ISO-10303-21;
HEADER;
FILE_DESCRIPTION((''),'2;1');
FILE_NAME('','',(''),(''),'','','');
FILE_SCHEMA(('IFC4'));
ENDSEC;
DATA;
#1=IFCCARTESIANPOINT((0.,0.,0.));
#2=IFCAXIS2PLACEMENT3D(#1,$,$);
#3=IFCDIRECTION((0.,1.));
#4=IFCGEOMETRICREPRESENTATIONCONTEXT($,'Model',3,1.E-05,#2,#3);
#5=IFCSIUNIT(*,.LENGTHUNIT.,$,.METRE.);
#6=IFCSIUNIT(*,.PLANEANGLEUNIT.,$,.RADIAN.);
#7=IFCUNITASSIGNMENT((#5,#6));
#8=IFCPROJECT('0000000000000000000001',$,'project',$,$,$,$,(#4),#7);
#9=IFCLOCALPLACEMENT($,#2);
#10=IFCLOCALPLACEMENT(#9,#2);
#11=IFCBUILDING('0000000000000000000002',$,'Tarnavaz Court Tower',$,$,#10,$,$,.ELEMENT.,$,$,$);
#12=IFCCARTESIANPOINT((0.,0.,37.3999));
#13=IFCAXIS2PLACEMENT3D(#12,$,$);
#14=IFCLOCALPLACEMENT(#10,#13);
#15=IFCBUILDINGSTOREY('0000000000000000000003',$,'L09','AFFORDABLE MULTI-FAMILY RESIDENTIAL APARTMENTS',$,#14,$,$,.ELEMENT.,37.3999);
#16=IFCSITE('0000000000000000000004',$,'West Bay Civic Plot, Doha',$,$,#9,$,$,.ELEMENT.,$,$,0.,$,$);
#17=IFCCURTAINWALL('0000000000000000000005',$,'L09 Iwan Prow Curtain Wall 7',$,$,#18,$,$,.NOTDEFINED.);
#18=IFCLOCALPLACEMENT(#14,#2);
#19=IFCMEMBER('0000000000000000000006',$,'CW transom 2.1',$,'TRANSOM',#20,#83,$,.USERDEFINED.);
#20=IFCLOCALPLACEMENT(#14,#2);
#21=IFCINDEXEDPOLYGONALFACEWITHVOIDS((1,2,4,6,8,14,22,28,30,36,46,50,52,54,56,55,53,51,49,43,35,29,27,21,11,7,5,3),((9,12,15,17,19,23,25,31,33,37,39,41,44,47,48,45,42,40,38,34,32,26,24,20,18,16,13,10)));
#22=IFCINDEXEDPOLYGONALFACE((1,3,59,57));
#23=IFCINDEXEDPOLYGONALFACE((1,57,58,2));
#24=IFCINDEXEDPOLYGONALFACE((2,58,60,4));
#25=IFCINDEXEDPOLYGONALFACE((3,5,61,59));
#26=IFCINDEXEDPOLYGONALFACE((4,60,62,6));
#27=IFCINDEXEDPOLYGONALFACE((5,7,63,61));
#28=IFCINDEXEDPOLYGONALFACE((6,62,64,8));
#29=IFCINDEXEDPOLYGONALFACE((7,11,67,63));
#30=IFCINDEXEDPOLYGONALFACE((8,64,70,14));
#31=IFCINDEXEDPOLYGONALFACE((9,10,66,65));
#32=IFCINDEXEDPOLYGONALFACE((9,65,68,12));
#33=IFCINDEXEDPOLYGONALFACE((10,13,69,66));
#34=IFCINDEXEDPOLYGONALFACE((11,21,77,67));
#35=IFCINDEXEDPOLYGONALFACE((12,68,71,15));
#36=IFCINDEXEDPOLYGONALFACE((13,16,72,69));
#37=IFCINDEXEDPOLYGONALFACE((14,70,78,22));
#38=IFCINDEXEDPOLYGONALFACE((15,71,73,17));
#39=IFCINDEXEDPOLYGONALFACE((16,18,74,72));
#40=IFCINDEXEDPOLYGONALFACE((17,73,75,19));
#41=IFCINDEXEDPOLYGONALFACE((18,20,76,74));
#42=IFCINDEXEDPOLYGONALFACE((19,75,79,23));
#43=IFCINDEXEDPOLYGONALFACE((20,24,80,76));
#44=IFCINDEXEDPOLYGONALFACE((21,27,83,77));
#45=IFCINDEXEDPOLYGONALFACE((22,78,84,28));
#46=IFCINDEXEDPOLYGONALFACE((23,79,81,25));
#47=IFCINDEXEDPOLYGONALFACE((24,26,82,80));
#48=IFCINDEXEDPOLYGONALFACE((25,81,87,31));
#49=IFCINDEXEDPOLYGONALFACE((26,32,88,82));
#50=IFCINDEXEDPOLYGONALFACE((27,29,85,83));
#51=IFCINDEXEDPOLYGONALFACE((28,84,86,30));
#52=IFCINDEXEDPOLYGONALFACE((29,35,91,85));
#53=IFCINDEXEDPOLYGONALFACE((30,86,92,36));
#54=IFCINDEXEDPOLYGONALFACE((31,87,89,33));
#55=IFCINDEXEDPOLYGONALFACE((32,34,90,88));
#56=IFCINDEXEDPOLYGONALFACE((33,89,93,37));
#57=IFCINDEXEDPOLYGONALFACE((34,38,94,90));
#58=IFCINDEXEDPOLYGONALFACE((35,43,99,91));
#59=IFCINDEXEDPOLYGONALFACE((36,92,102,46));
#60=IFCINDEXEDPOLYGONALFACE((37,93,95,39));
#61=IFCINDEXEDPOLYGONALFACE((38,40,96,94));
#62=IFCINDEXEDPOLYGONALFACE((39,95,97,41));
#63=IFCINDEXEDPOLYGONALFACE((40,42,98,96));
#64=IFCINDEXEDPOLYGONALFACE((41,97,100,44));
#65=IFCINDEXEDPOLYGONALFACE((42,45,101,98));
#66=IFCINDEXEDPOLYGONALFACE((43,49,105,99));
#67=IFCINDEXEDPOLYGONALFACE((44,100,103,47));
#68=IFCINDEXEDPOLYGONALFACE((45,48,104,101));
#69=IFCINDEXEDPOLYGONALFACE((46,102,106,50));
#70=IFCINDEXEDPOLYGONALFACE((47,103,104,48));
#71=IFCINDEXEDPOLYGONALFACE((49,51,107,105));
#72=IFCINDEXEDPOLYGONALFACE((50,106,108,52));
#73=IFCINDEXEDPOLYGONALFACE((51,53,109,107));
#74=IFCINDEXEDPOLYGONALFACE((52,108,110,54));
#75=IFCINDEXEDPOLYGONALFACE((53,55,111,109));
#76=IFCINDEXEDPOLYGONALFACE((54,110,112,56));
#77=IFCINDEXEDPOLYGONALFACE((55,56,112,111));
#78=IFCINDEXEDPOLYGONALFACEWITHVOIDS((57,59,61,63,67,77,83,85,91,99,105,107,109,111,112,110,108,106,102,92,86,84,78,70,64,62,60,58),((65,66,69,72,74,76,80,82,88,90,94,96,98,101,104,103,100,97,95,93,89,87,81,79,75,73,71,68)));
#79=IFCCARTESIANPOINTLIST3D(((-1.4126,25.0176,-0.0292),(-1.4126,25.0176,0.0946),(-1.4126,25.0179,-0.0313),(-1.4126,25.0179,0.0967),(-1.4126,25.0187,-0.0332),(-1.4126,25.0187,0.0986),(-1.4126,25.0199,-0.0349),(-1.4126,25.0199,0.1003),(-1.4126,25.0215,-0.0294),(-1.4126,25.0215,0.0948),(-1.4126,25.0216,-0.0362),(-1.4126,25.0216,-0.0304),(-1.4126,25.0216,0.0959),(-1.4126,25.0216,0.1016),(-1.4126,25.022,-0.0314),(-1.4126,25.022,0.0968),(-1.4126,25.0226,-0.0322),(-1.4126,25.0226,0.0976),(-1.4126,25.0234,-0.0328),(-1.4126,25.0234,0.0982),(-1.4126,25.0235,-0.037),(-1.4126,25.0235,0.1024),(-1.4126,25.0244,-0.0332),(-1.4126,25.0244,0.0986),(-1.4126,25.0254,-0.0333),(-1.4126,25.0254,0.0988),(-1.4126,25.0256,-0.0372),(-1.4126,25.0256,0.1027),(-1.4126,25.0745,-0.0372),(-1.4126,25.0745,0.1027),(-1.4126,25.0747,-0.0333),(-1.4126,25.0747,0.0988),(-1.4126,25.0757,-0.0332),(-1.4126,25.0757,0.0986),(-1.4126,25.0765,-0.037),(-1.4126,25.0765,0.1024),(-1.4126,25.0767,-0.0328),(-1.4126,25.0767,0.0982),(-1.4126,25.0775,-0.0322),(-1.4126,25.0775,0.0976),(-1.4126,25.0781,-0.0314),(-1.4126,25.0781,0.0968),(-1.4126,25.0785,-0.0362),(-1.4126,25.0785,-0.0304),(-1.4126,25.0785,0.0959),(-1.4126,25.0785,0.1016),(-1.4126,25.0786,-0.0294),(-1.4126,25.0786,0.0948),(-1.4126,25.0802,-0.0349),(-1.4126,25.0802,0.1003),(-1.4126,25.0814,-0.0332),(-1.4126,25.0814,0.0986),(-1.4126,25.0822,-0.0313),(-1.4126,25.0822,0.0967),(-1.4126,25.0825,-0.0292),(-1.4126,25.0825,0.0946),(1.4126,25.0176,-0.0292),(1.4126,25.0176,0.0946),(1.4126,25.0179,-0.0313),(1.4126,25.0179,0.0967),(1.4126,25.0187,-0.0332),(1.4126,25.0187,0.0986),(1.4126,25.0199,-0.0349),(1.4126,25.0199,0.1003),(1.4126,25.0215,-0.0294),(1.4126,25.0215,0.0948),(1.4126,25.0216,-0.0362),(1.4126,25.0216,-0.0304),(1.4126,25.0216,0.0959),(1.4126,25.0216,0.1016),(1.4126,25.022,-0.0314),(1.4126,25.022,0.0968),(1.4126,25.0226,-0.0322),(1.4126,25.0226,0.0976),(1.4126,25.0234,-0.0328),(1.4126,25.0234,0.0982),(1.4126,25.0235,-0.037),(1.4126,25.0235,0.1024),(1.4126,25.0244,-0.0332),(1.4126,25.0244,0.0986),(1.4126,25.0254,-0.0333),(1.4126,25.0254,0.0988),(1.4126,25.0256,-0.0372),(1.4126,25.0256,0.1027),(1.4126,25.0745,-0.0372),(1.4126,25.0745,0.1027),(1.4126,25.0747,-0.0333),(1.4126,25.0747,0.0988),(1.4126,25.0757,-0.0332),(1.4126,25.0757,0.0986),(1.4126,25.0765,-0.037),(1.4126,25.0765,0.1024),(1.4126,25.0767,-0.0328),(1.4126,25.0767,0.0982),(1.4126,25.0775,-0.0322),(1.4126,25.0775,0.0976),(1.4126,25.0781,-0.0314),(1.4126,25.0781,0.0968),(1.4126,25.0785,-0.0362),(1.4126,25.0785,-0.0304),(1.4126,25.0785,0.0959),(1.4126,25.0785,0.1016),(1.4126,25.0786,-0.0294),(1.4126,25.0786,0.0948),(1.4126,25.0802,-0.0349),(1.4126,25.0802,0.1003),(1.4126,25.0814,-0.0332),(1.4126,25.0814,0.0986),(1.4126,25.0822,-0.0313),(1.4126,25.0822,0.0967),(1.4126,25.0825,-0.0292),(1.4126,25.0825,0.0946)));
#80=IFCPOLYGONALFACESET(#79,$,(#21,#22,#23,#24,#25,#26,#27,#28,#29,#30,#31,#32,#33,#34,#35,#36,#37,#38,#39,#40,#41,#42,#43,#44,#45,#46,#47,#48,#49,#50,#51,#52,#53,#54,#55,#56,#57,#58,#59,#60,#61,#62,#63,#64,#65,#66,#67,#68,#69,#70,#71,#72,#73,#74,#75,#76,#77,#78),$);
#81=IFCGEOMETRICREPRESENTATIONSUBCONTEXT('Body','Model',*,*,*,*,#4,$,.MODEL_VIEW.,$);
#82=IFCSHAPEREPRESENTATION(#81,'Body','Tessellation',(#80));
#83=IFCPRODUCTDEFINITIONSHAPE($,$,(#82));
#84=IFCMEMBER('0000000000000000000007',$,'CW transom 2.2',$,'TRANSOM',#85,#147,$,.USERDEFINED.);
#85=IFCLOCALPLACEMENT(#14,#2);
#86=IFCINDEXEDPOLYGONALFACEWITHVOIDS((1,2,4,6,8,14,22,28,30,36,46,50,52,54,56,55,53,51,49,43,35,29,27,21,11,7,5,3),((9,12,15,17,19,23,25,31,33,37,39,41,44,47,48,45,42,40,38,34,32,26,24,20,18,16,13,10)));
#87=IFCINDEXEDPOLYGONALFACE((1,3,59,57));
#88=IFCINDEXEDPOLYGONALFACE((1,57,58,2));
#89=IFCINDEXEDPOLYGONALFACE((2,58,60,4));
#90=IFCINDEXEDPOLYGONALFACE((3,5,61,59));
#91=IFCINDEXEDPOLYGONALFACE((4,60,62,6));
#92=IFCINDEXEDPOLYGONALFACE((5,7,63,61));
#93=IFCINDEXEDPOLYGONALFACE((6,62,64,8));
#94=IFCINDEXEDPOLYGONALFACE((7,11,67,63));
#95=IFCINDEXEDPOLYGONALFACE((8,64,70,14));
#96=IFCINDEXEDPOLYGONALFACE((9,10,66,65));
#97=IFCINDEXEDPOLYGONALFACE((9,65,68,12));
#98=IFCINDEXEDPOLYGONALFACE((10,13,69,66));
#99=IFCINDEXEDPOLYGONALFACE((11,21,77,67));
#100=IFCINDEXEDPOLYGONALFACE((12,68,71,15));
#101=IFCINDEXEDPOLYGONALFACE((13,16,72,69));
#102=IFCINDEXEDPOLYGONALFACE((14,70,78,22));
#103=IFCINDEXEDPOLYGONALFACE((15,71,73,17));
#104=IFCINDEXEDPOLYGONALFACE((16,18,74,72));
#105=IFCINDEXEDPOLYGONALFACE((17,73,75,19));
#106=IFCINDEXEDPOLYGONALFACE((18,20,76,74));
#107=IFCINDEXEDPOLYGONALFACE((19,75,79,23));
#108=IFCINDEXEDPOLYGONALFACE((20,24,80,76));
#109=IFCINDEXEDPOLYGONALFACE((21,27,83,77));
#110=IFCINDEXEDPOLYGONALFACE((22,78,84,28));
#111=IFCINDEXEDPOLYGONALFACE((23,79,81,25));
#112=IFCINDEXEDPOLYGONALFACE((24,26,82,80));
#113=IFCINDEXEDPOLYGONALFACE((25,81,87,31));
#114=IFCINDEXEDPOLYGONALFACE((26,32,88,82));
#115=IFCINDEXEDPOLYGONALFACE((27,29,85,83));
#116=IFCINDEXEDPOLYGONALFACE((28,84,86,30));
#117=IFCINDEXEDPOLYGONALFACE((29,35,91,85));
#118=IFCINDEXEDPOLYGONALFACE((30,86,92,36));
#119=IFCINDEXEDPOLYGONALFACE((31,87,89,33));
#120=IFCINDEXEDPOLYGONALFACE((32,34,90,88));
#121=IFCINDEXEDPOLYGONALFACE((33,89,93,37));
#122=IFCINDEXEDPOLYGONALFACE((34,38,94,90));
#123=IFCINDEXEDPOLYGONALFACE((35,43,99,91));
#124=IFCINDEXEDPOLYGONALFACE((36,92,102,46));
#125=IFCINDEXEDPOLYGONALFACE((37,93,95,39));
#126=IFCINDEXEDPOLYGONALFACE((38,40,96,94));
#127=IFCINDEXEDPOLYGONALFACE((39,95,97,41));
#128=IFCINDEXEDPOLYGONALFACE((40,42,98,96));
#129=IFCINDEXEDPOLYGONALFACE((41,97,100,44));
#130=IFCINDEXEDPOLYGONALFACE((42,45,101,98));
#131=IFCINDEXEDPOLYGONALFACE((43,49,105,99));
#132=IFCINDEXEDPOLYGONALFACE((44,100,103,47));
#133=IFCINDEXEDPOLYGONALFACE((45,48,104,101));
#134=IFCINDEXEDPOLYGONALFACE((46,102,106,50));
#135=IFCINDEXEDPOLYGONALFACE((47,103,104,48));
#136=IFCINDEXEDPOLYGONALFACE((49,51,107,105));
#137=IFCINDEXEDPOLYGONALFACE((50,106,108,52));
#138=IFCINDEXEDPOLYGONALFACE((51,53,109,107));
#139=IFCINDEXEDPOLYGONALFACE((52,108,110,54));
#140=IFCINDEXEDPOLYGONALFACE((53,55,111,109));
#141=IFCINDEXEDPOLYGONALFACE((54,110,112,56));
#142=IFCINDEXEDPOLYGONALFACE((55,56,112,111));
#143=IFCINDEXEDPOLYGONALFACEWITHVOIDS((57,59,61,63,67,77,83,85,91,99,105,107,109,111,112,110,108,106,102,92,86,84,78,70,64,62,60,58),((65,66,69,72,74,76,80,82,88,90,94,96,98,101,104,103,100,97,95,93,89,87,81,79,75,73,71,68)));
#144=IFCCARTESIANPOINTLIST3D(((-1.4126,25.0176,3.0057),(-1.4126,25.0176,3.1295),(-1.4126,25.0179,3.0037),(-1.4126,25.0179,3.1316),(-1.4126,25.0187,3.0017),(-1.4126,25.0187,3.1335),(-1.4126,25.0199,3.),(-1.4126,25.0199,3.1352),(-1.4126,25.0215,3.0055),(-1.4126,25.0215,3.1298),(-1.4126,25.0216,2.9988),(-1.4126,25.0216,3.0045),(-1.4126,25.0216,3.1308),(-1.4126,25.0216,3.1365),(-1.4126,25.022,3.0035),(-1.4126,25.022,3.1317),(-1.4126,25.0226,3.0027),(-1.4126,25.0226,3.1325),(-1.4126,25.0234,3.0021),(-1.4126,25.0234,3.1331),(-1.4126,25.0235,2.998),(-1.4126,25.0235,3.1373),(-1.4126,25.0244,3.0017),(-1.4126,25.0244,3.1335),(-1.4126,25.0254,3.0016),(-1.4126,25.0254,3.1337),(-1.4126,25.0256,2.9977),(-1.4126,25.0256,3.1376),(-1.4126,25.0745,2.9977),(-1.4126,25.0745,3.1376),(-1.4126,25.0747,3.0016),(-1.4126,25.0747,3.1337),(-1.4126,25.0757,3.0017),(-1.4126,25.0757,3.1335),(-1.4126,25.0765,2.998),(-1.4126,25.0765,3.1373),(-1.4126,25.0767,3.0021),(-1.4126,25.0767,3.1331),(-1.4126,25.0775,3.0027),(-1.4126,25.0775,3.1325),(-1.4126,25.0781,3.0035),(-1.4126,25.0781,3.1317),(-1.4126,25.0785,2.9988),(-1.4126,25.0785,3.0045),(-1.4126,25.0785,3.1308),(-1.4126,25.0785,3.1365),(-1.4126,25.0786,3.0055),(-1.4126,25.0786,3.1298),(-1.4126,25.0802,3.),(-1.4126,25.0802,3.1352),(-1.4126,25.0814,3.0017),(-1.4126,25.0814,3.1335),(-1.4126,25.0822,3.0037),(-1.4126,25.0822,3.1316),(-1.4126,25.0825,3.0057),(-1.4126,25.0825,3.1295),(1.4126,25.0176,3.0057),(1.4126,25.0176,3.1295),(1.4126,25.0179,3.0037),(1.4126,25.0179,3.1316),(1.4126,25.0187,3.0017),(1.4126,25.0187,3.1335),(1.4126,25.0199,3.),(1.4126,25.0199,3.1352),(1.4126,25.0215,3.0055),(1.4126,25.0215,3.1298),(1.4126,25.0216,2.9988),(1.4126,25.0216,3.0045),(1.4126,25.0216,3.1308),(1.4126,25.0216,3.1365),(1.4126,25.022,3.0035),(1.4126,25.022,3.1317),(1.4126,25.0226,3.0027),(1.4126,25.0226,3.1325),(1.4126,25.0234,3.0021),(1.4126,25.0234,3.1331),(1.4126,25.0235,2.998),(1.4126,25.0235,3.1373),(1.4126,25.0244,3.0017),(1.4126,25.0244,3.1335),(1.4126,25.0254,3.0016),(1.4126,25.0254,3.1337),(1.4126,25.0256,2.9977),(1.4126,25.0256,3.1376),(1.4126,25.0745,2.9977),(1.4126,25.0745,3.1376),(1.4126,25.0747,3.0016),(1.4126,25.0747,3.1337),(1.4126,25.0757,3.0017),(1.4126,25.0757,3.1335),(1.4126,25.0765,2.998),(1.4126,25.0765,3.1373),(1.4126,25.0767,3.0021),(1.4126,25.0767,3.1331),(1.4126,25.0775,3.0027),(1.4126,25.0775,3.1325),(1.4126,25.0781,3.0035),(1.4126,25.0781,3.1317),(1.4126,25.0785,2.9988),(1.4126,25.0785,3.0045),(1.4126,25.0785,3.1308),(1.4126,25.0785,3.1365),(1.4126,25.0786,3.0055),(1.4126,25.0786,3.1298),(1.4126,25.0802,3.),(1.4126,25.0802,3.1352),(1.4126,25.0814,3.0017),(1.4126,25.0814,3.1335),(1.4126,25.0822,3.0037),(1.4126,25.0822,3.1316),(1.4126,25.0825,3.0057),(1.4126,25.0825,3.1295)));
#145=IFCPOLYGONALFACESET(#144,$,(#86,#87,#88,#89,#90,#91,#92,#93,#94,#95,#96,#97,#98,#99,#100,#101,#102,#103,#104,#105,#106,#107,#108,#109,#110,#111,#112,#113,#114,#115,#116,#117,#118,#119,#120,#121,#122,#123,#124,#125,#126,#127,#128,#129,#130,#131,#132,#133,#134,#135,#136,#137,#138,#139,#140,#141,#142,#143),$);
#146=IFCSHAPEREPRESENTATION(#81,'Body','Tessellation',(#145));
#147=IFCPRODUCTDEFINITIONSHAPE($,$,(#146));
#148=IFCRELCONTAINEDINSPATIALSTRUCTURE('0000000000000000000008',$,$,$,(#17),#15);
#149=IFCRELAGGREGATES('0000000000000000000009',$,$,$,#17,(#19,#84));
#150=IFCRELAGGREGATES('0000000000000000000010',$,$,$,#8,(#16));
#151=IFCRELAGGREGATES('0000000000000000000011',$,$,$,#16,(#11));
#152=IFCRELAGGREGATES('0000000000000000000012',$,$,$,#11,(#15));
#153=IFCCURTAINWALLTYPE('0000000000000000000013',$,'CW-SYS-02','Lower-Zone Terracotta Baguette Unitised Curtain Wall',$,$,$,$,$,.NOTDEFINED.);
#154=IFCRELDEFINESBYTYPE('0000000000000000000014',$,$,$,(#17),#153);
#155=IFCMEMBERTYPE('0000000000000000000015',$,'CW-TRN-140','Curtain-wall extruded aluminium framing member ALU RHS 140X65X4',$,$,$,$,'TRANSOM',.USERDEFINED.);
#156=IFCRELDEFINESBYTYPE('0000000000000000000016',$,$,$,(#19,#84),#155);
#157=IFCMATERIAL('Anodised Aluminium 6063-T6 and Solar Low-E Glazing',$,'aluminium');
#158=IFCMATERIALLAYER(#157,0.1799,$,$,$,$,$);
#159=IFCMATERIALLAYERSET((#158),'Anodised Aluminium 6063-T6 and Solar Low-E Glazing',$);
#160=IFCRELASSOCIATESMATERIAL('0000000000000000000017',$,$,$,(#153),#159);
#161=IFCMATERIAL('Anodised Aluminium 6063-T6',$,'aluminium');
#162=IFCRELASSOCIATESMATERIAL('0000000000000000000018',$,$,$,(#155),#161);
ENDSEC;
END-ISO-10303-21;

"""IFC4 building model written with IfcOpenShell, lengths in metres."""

from ifc_helpers import new_model, si_unit, direction, frame, origin, origin_2d, place, context, subcontext, project, spatial, hollow_rectangle, extrude, material, layer, layer_set, material_profile, profile_set, type_object, element, aggregate, save


model = new_model("IFC4")

# Units and contexts
model_context = context("Model", 3, precision=1e-05, world=origin(), true_north=direction((0.0, 1.0)))
body_context = subcontext(model_context, "Body", "Model", "MODEL_VIEW")
ifc_project = project(units=[si_unit("LENGTHUNIT", "METRE"), si_unit("PLANEANGLEUNIT", "RADIAN")], contexts=[model_context])

# Site, building, storey
site_placement = place(None, origin())
site = spatial("IfcSite", under=ifc_project, at=site_placement, Name="West Bay Civic Plot, Doha", CompositionType="ELEMENT", RefElevation=0.0)
building_placement = place(site_placement, origin())
building = spatial("IfcBuilding", under=site, at=building_placement, Name="Tarnavaz Court Tower", CompositionType="ELEMENT")
storey_placement = place(building_placement, frame((0.0, 0.0, 37.3999)))
storey = spatial("IfcBuildingStorey", under=building, at=storey_placement, Name="L09", Description="AFFORDABLE MULTI-FAMILY RESIDENTIAL APARTMENTS", CompositionType="ELEMENT", Elevation=37.3999)

# Curtain wall, members
ifc_material_1 = material(Name="Anodised Aluminium 6063-T6 and Solar Low-E Glazing", Category="aluminium")
ifc_layer_1 = layer(ifc_material_1, 0.1799)
ifc_layer_set_1 = layer_set([ifc_layer_1], Name="Anodised Aluminium 6063-T6 and Solar Low-E Glazing")
curtain_wall_type = type_object("IfcCurtainWallType", Name="CW-SYS-02", Description="Lower-Zone Terracotta Baguette Unitised Curtain Wall", PredefinedType="NOTDEFINED", material=ifc_layer_set_1)
curtain_wall_placement = place(storey_placement, origin())
curtain_wall = element("IfcCurtainWall", 1, at=curtain_wall_placement, inside=storey, type_object=curtain_wall_type, Name="L09 Iwan Prow Curtain Wall 7", PredefinedType="NOTDEFINED")
ifc_material_2 = material(Name="Anodised Aluminium 6063-T6", Category="aluminium")
ifc_material_profile_1 = material_profile(ifc_material_2, hollow_rectangle(XDim=0.0649, YDim=0.1399, WallThickness=0.0039, InnerFilletRadius=0.0039, OuterFilletRadius=0.0081, at=origin_2d()), Name="ALU RHS 140X65X4")
ifc_profile_set_1 = profile_set([ifc_material_profile_1], Name="Anodised Aluminium 6063-T6")
member_type_1 = type_object("IfcMemberType", Name="CW-TRN-140", Description="Curtain-wall extruded aluminium framing member ALU RHS 140X65X4", ElementType="TRANSOM", PredefinedType="USERDEFINED", material=ifc_profile_set_1)
member_1_placement = place(storey_placement, frame((-1.4126, 25.05, 0.0327), z_axis=(1.0, 0.0, 0.0), x_axis=(0.0, 1.0, 0.0)))
member_1 = element("IfcMember", 2, at=member_1_placement, type_object=member_type_1, Name="CW transom 2.1", ObjectType="TRANSOM", PredefinedType="USERDEFINED", context=body_context, shape_type="SweptSolid", body=[
    extrude(hollow_rectangle(XDim=0.0649, YDim=0.1399, WallThickness=0.0039, InnerFilletRadius=0.0039, OuterFilletRadius=0.0081, at=origin_2d()), origin(), (0.0, 0.0, 1.0), 2.8252),
])
member_2_placement = place(storey_placement, frame((-1.4126, 25.05, 3.0676), z_axis=(1.0, 0.0, 0.0), x_axis=(0.0, 1.0, 0.0)))
member_2 = element("IfcMember", 3, at=member_2_placement, type_object=member_type_1, Name="CW transom 2.2", ObjectType="TRANSOM", PredefinedType="USERDEFINED", context=body_context, shape_type="SweptSolid", body=[
    extrude(hollow_rectangle(XDim=0.0649, YDim=0.1399, WallThickness=0.0039, InnerFilletRadius=0.0039, OuterFilletRadius=0.0081, at=origin_2d()), origin(), (0.0, 0.0, 1.0), 2.8252),
])
aggregate(curtain_wall, [member_1, member_2])

save(model, "model.ifc")
